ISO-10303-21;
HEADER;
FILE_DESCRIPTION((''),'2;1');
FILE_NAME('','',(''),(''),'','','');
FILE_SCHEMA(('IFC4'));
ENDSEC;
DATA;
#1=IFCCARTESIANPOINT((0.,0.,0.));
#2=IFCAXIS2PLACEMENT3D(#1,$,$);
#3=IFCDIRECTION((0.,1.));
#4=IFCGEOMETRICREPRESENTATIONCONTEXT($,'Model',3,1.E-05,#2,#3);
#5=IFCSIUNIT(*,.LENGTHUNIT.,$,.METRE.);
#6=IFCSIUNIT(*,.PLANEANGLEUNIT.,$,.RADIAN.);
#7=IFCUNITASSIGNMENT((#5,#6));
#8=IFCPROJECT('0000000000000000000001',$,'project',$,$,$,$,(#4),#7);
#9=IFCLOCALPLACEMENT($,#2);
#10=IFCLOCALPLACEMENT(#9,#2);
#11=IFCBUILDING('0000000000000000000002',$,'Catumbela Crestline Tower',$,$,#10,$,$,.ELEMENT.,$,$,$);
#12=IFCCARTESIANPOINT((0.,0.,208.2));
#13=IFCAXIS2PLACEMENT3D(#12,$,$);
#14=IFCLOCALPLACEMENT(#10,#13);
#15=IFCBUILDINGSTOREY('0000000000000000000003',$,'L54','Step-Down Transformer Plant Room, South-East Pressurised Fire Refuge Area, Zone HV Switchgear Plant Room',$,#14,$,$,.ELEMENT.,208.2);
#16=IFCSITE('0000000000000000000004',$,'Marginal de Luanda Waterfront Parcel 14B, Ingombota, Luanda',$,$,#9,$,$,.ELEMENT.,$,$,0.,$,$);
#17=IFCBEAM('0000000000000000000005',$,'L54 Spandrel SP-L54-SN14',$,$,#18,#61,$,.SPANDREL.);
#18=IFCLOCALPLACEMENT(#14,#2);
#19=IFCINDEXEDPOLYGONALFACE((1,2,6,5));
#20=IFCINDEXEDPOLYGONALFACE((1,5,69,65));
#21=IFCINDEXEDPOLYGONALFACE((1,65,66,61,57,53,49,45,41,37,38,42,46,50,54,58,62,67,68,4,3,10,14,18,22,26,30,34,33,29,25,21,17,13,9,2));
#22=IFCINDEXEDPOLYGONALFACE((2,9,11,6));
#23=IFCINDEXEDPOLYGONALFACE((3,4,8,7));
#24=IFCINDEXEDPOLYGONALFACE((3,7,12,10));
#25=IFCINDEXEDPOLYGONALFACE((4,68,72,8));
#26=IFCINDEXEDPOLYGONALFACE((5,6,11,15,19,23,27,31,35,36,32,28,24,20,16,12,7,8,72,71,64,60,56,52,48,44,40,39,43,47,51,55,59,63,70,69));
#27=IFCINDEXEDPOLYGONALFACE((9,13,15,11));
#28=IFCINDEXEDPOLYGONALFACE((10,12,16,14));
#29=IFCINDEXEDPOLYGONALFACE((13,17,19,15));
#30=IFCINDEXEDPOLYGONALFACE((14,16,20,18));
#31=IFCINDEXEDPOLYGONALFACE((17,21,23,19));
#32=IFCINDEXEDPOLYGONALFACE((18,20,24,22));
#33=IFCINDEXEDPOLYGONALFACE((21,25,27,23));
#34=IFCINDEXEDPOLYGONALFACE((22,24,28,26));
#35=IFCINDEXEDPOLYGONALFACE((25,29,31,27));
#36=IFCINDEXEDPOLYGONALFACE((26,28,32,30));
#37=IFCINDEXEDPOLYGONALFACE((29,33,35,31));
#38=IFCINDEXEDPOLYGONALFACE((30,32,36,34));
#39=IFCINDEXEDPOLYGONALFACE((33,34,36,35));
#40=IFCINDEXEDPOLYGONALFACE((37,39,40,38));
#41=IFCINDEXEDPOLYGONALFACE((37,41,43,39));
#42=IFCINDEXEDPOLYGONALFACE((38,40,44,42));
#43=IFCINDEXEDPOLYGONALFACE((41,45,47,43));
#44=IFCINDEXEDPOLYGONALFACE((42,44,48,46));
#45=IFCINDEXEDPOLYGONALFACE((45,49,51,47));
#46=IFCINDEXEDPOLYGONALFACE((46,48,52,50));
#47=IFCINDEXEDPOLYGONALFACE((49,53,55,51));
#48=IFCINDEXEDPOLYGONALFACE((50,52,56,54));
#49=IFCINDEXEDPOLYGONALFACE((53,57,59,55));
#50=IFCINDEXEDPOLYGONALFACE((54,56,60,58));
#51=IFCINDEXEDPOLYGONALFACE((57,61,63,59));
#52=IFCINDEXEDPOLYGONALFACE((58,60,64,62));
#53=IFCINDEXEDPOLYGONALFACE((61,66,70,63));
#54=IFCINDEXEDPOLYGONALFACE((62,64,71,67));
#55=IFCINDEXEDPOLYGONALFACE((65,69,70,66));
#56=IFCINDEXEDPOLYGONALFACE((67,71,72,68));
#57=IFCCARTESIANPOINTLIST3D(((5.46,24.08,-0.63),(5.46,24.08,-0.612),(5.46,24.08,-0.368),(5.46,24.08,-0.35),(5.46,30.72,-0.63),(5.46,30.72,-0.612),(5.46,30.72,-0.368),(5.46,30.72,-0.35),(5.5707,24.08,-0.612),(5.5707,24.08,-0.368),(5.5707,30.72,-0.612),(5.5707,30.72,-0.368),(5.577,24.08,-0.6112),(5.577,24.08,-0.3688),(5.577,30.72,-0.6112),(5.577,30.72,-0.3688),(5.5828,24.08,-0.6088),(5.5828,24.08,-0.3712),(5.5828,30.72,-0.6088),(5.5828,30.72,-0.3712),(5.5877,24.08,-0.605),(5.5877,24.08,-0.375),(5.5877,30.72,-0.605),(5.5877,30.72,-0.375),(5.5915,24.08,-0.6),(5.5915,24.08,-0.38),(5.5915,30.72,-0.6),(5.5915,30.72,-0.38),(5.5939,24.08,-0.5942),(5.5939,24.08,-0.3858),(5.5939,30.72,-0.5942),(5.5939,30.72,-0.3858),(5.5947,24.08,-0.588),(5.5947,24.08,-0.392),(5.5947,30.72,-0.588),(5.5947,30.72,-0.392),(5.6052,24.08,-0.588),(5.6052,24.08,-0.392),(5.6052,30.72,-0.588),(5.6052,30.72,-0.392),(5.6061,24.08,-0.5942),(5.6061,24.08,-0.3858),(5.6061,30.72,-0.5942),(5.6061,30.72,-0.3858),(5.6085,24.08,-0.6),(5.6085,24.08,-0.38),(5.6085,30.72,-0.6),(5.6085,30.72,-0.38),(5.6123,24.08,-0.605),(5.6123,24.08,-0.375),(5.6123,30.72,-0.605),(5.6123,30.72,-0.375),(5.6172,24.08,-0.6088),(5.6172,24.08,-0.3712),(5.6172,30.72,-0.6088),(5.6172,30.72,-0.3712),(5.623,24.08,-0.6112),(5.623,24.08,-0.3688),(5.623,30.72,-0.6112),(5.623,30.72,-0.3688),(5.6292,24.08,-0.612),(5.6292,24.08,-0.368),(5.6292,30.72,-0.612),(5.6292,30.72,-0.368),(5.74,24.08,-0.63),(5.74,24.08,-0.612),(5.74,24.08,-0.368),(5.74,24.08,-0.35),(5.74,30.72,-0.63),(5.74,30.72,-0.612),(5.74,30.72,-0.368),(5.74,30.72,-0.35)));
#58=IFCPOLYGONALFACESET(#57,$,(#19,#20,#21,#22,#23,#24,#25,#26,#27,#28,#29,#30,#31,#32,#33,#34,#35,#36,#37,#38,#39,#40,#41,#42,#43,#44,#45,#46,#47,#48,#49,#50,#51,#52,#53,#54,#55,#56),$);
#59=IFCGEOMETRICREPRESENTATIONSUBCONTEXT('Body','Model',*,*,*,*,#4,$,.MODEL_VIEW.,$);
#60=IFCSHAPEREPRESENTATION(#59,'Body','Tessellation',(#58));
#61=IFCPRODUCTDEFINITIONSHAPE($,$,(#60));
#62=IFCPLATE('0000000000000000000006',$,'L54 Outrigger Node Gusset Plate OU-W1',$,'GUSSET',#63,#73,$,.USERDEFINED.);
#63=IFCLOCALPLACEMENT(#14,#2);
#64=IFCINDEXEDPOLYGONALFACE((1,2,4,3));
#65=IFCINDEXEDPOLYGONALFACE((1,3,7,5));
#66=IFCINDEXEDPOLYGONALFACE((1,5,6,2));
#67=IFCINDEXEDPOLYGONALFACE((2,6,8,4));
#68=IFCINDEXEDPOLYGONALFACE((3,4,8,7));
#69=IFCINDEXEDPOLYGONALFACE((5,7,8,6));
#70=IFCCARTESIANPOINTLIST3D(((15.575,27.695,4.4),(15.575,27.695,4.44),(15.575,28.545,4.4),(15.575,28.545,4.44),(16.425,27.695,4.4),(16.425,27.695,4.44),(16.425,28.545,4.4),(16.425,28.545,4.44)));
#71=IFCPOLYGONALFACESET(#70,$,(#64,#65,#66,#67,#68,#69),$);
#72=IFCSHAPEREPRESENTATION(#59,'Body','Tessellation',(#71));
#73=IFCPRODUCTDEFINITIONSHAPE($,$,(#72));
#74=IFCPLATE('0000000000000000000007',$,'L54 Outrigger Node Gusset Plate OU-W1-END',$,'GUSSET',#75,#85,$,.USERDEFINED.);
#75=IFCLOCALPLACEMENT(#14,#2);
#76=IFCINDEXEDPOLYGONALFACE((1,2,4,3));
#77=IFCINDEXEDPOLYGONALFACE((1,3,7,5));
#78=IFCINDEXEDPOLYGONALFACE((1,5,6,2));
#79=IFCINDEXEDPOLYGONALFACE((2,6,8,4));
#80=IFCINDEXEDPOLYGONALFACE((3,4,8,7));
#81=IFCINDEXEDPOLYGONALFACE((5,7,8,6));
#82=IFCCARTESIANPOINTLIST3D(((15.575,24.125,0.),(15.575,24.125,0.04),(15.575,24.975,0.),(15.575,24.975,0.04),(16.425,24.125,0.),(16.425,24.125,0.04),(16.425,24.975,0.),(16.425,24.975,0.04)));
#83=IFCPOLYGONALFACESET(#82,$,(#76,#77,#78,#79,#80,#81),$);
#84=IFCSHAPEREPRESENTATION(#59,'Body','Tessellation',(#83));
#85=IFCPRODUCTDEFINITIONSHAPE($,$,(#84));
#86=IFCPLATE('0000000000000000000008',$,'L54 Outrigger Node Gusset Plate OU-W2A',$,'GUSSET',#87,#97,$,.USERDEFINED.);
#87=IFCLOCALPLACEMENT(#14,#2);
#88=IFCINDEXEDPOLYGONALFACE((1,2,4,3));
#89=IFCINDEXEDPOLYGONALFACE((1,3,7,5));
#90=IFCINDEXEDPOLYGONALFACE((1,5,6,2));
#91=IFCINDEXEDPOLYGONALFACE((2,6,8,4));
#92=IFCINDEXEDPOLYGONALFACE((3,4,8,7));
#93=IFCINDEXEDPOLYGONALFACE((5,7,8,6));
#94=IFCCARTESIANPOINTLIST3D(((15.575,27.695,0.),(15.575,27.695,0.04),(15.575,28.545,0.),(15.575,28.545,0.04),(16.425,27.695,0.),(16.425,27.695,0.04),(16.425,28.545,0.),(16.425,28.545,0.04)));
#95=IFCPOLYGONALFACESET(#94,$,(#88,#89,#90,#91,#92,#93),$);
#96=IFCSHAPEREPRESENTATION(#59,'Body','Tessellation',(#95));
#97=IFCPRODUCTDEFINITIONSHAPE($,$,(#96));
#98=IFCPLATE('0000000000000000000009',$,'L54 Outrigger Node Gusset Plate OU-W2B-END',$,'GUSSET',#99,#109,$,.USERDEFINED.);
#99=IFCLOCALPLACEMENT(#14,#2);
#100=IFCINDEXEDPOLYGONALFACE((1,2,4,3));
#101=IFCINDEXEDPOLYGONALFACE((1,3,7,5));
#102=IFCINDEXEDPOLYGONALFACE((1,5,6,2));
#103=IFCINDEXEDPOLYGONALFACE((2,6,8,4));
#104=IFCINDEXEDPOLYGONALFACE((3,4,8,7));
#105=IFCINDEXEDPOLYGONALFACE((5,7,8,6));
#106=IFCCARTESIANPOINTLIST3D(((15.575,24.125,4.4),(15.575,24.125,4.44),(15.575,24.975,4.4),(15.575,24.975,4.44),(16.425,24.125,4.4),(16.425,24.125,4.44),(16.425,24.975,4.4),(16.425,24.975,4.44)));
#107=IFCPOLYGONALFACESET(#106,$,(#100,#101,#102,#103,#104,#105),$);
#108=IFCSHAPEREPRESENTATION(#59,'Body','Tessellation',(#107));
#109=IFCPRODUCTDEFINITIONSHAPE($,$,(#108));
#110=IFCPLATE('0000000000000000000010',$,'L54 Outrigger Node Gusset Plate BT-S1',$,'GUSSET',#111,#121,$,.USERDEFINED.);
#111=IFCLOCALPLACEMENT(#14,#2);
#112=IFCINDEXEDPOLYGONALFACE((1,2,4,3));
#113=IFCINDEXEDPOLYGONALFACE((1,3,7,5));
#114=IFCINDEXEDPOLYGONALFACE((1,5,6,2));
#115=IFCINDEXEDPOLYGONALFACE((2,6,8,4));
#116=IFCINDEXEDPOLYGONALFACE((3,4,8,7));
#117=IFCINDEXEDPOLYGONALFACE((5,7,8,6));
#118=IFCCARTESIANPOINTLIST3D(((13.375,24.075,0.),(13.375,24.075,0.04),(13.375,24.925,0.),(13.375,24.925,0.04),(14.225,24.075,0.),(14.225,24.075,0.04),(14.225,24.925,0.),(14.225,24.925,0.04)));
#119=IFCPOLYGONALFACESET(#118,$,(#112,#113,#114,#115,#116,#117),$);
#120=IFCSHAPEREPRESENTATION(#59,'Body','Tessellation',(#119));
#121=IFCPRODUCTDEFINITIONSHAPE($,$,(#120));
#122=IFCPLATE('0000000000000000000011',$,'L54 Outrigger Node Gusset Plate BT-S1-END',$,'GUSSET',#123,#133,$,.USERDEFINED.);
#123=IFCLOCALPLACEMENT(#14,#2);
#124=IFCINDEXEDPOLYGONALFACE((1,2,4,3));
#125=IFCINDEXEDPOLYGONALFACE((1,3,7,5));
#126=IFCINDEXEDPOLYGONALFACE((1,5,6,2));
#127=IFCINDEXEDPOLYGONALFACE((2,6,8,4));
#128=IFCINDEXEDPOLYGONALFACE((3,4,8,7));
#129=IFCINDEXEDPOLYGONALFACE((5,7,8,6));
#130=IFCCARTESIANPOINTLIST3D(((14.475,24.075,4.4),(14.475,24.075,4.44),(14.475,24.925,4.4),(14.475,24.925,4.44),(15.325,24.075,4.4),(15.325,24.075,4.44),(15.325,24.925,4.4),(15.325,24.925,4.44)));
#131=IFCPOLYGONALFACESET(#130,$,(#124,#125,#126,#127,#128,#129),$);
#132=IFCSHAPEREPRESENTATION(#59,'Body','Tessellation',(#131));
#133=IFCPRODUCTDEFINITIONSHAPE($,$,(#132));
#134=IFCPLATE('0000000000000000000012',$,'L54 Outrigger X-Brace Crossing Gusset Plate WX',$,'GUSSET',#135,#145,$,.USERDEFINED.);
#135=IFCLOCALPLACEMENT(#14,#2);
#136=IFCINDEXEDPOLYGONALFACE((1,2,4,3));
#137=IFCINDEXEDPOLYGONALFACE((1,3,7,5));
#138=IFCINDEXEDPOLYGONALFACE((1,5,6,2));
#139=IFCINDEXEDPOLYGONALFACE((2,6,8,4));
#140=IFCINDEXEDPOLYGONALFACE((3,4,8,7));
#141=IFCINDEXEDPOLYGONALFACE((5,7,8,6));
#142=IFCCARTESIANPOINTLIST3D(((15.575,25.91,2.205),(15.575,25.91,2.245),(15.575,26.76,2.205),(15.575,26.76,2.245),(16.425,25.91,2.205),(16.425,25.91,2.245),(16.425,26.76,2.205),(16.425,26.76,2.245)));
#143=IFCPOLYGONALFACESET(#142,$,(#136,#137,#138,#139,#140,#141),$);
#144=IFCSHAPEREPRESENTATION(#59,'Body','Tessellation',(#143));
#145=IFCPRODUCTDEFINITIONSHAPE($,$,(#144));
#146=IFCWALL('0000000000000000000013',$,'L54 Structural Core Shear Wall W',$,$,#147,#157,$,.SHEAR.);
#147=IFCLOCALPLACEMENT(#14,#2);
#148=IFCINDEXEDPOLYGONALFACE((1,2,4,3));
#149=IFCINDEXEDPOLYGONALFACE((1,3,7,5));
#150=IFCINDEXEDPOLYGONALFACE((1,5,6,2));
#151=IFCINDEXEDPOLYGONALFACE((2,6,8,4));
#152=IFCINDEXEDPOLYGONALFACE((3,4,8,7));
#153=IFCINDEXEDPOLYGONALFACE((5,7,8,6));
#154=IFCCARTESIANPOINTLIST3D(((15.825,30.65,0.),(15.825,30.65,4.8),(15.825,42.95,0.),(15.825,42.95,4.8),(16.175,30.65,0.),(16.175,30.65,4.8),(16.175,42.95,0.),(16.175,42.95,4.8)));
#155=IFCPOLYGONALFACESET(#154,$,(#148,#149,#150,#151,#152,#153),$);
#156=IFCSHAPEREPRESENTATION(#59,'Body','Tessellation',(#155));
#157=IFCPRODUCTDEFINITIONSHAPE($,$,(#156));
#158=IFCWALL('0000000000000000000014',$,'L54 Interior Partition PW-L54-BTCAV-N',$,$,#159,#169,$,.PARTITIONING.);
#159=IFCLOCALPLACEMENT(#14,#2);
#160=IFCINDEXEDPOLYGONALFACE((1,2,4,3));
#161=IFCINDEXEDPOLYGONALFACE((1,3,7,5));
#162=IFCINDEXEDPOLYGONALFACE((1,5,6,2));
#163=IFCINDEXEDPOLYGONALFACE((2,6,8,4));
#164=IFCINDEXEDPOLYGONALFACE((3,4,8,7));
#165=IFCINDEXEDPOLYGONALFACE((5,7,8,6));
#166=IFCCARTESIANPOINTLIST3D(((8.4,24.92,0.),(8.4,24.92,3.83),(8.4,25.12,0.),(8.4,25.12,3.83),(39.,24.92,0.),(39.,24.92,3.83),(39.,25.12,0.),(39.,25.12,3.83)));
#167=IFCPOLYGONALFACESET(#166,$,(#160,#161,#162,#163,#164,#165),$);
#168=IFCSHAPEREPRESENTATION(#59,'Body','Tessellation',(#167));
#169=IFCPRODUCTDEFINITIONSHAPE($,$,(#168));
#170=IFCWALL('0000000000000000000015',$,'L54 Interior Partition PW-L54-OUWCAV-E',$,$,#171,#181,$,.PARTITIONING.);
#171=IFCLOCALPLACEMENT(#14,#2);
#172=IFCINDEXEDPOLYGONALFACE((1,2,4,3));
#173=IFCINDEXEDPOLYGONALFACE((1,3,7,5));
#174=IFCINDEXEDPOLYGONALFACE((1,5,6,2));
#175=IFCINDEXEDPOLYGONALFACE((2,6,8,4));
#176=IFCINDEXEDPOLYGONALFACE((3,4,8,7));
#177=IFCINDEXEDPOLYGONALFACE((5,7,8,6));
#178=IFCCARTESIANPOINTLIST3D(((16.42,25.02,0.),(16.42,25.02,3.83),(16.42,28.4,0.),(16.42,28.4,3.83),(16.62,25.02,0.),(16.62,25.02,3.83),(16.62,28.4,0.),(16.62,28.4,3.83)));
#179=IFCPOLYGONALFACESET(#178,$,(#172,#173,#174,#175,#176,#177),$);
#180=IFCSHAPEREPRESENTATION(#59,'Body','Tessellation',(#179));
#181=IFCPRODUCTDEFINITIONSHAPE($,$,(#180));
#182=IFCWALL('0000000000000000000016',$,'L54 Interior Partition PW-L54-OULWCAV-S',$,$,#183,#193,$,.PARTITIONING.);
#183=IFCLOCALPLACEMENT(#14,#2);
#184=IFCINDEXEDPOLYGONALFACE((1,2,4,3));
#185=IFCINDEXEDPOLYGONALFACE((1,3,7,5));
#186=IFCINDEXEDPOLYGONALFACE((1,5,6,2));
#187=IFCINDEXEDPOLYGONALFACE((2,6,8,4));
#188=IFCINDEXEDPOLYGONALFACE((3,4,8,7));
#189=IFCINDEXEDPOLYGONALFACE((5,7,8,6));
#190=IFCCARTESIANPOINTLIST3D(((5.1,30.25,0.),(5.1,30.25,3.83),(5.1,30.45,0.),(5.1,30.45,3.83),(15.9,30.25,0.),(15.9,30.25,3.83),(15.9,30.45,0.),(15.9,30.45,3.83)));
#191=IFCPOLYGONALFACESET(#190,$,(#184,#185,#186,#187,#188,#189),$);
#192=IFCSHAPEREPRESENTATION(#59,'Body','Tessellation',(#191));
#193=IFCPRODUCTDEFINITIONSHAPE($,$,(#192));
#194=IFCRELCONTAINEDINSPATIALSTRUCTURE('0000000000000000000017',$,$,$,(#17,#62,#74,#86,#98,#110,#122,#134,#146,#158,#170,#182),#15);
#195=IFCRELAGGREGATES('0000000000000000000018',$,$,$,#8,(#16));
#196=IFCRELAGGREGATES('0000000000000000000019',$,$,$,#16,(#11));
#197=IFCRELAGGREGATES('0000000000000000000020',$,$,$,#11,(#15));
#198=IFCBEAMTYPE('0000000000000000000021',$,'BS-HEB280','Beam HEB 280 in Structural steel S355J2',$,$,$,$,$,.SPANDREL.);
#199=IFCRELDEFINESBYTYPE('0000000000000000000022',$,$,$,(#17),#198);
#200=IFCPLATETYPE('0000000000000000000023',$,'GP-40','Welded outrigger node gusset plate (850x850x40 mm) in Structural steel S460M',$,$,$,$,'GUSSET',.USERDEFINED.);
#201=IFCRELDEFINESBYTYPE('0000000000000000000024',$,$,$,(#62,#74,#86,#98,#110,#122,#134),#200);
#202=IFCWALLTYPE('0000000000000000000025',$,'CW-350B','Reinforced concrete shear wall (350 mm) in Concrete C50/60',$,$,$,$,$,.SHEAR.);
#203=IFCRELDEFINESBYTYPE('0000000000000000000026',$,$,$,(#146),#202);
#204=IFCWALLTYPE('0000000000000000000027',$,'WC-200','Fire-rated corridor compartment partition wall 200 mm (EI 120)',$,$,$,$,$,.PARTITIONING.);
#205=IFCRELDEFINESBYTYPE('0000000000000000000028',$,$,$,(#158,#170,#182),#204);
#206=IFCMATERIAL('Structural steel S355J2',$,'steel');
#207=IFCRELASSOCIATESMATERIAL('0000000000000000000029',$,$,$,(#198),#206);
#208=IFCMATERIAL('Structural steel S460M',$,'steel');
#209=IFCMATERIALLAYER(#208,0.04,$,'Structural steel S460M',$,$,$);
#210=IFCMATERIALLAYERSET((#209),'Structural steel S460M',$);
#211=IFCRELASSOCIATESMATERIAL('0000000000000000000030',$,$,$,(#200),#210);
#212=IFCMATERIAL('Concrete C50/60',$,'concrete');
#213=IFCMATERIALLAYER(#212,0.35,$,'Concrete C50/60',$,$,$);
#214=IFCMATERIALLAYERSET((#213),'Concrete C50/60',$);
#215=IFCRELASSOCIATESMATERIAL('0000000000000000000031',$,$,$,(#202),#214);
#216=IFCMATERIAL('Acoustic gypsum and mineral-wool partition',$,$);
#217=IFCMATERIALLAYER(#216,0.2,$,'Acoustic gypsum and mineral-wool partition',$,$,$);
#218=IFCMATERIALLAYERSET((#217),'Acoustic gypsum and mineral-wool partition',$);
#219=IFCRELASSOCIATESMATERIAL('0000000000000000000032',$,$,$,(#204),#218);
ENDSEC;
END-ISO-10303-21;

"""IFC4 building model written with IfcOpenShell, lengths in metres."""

from ifc_helpers import new_model, si_unit, direction, frame, frame_2d, origin, origin_2d, place, context, subcontext, project, spatial, rectangle, i_section, extrude, material, layer, layer_set, material_profile, profile_set, type_object, element, save


model = new_model("IFC4")

# Units and contexts
model_context = context("Model", 3, precision=1e-05, world=origin(), true_north=direction((0.0, 1.0)))
body_context = subcontext(model_context, "Body", "Model", "MODEL_VIEW")
ifc_project = project(units=[si_unit("LENGTHUNIT", "METRE"), si_unit("PLANEANGLEUNIT", "RADIAN")], contexts=[model_context])

# Site, building, storey
site_placement = place(None, origin())
site = spatial("IfcSite", under=ifc_project, at=site_placement, Name="Marginal de Luanda Waterfront Parcel 14B, Ingombota, Luanda", CompositionType="ELEMENT", RefElevation=0.0)
building_placement = place(site_placement, origin())
building = spatial("IfcBuilding", under=site, at=building_placement, Name="Catumbela Crestline Tower", CompositionType="ELEMENT")
storey_placement = place(building_placement, frame((0.0, 0.0, 208.2)))
storey = spatial("IfcBuildingStorey", under=building, at=storey_placement, Name="L54", Description="Step-Down Transformer Plant Room, South-East Pressurised Fire Refuge Area, Zone HV Switchgear Plant Room", CompositionType="ELEMENT", Elevation=208.2)

# Shared definitions
ifc_material_1 = material(Name="Concrete C50/60", Category="concrete")
ifc_material_2 = material(Name="Structural steel S355J2", Category="steel")

# Shared definitions
ifc_material_3 = material(Name="Structural steel S460M", Category="steel")

# Beam
ifc_material_profile_1 = material_profile(ifc_material_2, i_section(OverallWidth=0.28, OverallDepth=0.28, WebThickness=0.0105, FlangeThickness=0.018, FilletRadius=0.024, at=origin_2d()), Name="HEB 280")
ifc_profile_set_1 = profile_set([ifc_material_profile_1], Name="Structural steel S355J2")
beam_type_1 = type_object("IfcBeamType", Name="BS-HEB280", Description="Beam HEB 280 in Structural steel S355J2", PredefinedType="SPANDREL", material=ifc_profile_set_1)
beam_1_placement = place(storey_placement, frame((5.6, 24.08, -0.49), z_axis=(0.0, 1.0, 0.0), x_axis=(-1.0, 0.0, 0.0)))
element("IfcBeam", 1, at=beam_1_placement, inside=storey, type_object=beam_type_1, Name="L54 Spandrel SP-L54-SN14", PredefinedType="SPANDREL", context=body_context, shape_type="SweptSolid", body=[
    extrude(i_section(OverallWidth=0.28, OverallDepth=0.28, WebThickness=0.0105, FlangeThickness=0.018, FilletRadius=0.024, at=origin_2d()), origin(), (0.0, 0.0, 1.0), 6.64),
])

# Plates
ifc_layer_1 = layer(ifc_material_3, 0.04, Name="Structural steel S460M")
ifc_layer_set_1 = layer_set([ifc_layer_1], Name="Structural steel S460M")
plate_type = type_object("IfcPlateType", Name="GP-40", Description="Welded outrigger node gusset plate (850x850x40 mm) in Structural steel S460M", ElementType="GUSSET", PredefinedType="USERDEFINED", material=ifc_layer_set_1)
for number, where, z_axis, x_axis, name in (
    (2, (16.0, 28.12, 4.4), (0.0, 0.0, 1.0), (1.0, 0.0, 0.0), "L54 Outrigger Node Gusset Plate OU-W1"),
    (3, (16.0, 24.55, 0.0), (0.0, 0.0, 1.0), (1.0, 0.0, 0.0), "L54 Outrigger Node Gusset Plate OU-W1-END"),
    (4, (16.0, 28.12, 0.0), (0.0, 0.0, 1.0), (1.0, 0.0, 0.0), "L54 Outrigger Node Gusset Plate OU-W2A"),
    (5, (16.0, 24.55, 4.4), (0.0, 0.0, 1.0), (1.0, 0.0, 0.0), "L54 Outrigger Node Gusset Plate OU-W2B-END"),
    (6, (13.8, 24.5, 0.0), (0.0, 0.0, 1.0), (1.0, 0.0, 0.0), "L54 Outrigger Node Gusset Plate BT-S1"),
    (7, (14.9, 24.5, 4.4), (0.0, 0.0, 1.0), (1.0, 0.0, 0.0), "L54 Outrigger Node Gusset Plate BT-S1-END"),
    (8, (16.0, 26.335, 2.205), (0.0, 0.0, 1.0), (1.0, 0.0, 0.0), "L54 Outrigger X-Brace Crossing Gusset Plate WX"),
):
    element("IfcPlate", number, at=place(storey_placement, frame(where, z_axis=z_axis, x_axis=x_axis)), inside=storey, type_object=plate_type, Name=name, ObjectType="GUSSET", PredefinedType="USERDEFINED", context=body_context, shape_type="SweptSolid", body=[
        extrude(rectangle(XDim=0.85, YDim=0.85, at=origin_2d()), origin(), (0.0, 0.0, 1.0), 0.04),
    ])

# Walls
ifc_layer_2 = layer(ifc_material_1, 0.35, Name="Concrete C50/60")
ifc_layer_set_2 = layer_set([ifc_layer_2], Name="Concrete C50/60")
wall_type_1 = type_object("IfcWallType", Name="CW-350B", Description="Reinforced concrete shear wall (350 mm) in Concrete C50/60", PredefinedType="SHEAR", material=ifc_layer_set_2)
wall_1_placement = place(storey_placement, frame((16.0, 30.65, 0.0), z_axis=(0.0, 0.0, 1.0), x_axis=(0.0, 1.0, 0.0)))
element("IfcWall", 9, at=wall_1_placement, inside=storey, type_object=wall_type_1, Name="L54 Structural Core Shear Wall W", PredefinedType="SHEAR", context=body_context, shape_type="SweptSolid", body=[
    extrude(rectangle(XDim=12.3, YDim=0.35, at=frame_2d((6.15, 0.0))), origin(), (0.0, 0.0, 1.0), 4.8),
])
ifc_material_4 = material(Name="Acoustic gypsum and mineral-wool partition")
ifc_layer_3 = layer(ifc_material_4, 0.2, Name="Acoustic gypsum and mineral-wool partition")
ifc_layer_set_3 = layer_set([ifc_layer_3], Name="Acoustic gypsum and mineral-wool partition")
wall_type_2 = type_object("IfcWallType", Name="WC-200", Description="Fire-rated corridor compartment partition wall 200 mm (EI 120)", PredefinedType="PARTITIONING", material=ifc_layer_set_3)
wall_2_placement = place(storey_placement, frame((8.4, 25.02, 0.0), z_axis=(0.0, 0.0, 1.0), x_axis=(1.0, 0.0, 0.0)))
element("IfcWall", 10, at=wall_2_placement, inside=storey, type_object=wall_type_2, Name="L54 Interior Partition PW-L54-BTCAV-N", PredefinedType="PARTITIONING", context=body_context, shape_type="SweptSolid", body=[
    extrude(rectangle(XDim=30.6, YDim=0.2, at=frame_2d((15.3, 0.0))), origin(), (0.0, 0.0, 1.0), 3.83),
])
wall_3_placement = place(storey_placement, frame((16.52, 25.02, 0.0), z_axis=(0.0, 0.0, 1.0), x_axis=(0.0, 1.0, 0.0)))
element("IfcWall", 11, at=wall_3_placement, inside=storey, type_object=wall_type_2, Name="L54 Interior Partition PW-L54-OUWCAV-E", PredefinedType="PARTITIONING", context=body_context, shape_type="SweptSolid", body=[
    extrude(rectangle(XDim=3.38, YDim=0.2, at=frame_2d((1.69, 0.0))), origin(), (0.0, 0.0, 1.0), 3.83),
])
wall_4_placement = place(storey_placement, frame((5.1, 30.35, 0.0), z_axis=(0.0, 0.0, 1.0), x_axis=(1.0, 0.0, 0.0)))
element("IfcWall", 12, at=wall_4_placement, inside=storey, type_object=wall_type_2, Name="L54 Interior Partition PW-L54-OULWCAV-S", PredefinedType="PARTITIONING", context=body_context, shape_type="SweptSolid", body=[
    extrude(rectangle(XDim=10.8, YDim=0.2, at=frame_2d((5.4, 0.0))), origin(), (0.0, 0.0, 1.0), 3.83),
])

save(model, "model.ifc")
